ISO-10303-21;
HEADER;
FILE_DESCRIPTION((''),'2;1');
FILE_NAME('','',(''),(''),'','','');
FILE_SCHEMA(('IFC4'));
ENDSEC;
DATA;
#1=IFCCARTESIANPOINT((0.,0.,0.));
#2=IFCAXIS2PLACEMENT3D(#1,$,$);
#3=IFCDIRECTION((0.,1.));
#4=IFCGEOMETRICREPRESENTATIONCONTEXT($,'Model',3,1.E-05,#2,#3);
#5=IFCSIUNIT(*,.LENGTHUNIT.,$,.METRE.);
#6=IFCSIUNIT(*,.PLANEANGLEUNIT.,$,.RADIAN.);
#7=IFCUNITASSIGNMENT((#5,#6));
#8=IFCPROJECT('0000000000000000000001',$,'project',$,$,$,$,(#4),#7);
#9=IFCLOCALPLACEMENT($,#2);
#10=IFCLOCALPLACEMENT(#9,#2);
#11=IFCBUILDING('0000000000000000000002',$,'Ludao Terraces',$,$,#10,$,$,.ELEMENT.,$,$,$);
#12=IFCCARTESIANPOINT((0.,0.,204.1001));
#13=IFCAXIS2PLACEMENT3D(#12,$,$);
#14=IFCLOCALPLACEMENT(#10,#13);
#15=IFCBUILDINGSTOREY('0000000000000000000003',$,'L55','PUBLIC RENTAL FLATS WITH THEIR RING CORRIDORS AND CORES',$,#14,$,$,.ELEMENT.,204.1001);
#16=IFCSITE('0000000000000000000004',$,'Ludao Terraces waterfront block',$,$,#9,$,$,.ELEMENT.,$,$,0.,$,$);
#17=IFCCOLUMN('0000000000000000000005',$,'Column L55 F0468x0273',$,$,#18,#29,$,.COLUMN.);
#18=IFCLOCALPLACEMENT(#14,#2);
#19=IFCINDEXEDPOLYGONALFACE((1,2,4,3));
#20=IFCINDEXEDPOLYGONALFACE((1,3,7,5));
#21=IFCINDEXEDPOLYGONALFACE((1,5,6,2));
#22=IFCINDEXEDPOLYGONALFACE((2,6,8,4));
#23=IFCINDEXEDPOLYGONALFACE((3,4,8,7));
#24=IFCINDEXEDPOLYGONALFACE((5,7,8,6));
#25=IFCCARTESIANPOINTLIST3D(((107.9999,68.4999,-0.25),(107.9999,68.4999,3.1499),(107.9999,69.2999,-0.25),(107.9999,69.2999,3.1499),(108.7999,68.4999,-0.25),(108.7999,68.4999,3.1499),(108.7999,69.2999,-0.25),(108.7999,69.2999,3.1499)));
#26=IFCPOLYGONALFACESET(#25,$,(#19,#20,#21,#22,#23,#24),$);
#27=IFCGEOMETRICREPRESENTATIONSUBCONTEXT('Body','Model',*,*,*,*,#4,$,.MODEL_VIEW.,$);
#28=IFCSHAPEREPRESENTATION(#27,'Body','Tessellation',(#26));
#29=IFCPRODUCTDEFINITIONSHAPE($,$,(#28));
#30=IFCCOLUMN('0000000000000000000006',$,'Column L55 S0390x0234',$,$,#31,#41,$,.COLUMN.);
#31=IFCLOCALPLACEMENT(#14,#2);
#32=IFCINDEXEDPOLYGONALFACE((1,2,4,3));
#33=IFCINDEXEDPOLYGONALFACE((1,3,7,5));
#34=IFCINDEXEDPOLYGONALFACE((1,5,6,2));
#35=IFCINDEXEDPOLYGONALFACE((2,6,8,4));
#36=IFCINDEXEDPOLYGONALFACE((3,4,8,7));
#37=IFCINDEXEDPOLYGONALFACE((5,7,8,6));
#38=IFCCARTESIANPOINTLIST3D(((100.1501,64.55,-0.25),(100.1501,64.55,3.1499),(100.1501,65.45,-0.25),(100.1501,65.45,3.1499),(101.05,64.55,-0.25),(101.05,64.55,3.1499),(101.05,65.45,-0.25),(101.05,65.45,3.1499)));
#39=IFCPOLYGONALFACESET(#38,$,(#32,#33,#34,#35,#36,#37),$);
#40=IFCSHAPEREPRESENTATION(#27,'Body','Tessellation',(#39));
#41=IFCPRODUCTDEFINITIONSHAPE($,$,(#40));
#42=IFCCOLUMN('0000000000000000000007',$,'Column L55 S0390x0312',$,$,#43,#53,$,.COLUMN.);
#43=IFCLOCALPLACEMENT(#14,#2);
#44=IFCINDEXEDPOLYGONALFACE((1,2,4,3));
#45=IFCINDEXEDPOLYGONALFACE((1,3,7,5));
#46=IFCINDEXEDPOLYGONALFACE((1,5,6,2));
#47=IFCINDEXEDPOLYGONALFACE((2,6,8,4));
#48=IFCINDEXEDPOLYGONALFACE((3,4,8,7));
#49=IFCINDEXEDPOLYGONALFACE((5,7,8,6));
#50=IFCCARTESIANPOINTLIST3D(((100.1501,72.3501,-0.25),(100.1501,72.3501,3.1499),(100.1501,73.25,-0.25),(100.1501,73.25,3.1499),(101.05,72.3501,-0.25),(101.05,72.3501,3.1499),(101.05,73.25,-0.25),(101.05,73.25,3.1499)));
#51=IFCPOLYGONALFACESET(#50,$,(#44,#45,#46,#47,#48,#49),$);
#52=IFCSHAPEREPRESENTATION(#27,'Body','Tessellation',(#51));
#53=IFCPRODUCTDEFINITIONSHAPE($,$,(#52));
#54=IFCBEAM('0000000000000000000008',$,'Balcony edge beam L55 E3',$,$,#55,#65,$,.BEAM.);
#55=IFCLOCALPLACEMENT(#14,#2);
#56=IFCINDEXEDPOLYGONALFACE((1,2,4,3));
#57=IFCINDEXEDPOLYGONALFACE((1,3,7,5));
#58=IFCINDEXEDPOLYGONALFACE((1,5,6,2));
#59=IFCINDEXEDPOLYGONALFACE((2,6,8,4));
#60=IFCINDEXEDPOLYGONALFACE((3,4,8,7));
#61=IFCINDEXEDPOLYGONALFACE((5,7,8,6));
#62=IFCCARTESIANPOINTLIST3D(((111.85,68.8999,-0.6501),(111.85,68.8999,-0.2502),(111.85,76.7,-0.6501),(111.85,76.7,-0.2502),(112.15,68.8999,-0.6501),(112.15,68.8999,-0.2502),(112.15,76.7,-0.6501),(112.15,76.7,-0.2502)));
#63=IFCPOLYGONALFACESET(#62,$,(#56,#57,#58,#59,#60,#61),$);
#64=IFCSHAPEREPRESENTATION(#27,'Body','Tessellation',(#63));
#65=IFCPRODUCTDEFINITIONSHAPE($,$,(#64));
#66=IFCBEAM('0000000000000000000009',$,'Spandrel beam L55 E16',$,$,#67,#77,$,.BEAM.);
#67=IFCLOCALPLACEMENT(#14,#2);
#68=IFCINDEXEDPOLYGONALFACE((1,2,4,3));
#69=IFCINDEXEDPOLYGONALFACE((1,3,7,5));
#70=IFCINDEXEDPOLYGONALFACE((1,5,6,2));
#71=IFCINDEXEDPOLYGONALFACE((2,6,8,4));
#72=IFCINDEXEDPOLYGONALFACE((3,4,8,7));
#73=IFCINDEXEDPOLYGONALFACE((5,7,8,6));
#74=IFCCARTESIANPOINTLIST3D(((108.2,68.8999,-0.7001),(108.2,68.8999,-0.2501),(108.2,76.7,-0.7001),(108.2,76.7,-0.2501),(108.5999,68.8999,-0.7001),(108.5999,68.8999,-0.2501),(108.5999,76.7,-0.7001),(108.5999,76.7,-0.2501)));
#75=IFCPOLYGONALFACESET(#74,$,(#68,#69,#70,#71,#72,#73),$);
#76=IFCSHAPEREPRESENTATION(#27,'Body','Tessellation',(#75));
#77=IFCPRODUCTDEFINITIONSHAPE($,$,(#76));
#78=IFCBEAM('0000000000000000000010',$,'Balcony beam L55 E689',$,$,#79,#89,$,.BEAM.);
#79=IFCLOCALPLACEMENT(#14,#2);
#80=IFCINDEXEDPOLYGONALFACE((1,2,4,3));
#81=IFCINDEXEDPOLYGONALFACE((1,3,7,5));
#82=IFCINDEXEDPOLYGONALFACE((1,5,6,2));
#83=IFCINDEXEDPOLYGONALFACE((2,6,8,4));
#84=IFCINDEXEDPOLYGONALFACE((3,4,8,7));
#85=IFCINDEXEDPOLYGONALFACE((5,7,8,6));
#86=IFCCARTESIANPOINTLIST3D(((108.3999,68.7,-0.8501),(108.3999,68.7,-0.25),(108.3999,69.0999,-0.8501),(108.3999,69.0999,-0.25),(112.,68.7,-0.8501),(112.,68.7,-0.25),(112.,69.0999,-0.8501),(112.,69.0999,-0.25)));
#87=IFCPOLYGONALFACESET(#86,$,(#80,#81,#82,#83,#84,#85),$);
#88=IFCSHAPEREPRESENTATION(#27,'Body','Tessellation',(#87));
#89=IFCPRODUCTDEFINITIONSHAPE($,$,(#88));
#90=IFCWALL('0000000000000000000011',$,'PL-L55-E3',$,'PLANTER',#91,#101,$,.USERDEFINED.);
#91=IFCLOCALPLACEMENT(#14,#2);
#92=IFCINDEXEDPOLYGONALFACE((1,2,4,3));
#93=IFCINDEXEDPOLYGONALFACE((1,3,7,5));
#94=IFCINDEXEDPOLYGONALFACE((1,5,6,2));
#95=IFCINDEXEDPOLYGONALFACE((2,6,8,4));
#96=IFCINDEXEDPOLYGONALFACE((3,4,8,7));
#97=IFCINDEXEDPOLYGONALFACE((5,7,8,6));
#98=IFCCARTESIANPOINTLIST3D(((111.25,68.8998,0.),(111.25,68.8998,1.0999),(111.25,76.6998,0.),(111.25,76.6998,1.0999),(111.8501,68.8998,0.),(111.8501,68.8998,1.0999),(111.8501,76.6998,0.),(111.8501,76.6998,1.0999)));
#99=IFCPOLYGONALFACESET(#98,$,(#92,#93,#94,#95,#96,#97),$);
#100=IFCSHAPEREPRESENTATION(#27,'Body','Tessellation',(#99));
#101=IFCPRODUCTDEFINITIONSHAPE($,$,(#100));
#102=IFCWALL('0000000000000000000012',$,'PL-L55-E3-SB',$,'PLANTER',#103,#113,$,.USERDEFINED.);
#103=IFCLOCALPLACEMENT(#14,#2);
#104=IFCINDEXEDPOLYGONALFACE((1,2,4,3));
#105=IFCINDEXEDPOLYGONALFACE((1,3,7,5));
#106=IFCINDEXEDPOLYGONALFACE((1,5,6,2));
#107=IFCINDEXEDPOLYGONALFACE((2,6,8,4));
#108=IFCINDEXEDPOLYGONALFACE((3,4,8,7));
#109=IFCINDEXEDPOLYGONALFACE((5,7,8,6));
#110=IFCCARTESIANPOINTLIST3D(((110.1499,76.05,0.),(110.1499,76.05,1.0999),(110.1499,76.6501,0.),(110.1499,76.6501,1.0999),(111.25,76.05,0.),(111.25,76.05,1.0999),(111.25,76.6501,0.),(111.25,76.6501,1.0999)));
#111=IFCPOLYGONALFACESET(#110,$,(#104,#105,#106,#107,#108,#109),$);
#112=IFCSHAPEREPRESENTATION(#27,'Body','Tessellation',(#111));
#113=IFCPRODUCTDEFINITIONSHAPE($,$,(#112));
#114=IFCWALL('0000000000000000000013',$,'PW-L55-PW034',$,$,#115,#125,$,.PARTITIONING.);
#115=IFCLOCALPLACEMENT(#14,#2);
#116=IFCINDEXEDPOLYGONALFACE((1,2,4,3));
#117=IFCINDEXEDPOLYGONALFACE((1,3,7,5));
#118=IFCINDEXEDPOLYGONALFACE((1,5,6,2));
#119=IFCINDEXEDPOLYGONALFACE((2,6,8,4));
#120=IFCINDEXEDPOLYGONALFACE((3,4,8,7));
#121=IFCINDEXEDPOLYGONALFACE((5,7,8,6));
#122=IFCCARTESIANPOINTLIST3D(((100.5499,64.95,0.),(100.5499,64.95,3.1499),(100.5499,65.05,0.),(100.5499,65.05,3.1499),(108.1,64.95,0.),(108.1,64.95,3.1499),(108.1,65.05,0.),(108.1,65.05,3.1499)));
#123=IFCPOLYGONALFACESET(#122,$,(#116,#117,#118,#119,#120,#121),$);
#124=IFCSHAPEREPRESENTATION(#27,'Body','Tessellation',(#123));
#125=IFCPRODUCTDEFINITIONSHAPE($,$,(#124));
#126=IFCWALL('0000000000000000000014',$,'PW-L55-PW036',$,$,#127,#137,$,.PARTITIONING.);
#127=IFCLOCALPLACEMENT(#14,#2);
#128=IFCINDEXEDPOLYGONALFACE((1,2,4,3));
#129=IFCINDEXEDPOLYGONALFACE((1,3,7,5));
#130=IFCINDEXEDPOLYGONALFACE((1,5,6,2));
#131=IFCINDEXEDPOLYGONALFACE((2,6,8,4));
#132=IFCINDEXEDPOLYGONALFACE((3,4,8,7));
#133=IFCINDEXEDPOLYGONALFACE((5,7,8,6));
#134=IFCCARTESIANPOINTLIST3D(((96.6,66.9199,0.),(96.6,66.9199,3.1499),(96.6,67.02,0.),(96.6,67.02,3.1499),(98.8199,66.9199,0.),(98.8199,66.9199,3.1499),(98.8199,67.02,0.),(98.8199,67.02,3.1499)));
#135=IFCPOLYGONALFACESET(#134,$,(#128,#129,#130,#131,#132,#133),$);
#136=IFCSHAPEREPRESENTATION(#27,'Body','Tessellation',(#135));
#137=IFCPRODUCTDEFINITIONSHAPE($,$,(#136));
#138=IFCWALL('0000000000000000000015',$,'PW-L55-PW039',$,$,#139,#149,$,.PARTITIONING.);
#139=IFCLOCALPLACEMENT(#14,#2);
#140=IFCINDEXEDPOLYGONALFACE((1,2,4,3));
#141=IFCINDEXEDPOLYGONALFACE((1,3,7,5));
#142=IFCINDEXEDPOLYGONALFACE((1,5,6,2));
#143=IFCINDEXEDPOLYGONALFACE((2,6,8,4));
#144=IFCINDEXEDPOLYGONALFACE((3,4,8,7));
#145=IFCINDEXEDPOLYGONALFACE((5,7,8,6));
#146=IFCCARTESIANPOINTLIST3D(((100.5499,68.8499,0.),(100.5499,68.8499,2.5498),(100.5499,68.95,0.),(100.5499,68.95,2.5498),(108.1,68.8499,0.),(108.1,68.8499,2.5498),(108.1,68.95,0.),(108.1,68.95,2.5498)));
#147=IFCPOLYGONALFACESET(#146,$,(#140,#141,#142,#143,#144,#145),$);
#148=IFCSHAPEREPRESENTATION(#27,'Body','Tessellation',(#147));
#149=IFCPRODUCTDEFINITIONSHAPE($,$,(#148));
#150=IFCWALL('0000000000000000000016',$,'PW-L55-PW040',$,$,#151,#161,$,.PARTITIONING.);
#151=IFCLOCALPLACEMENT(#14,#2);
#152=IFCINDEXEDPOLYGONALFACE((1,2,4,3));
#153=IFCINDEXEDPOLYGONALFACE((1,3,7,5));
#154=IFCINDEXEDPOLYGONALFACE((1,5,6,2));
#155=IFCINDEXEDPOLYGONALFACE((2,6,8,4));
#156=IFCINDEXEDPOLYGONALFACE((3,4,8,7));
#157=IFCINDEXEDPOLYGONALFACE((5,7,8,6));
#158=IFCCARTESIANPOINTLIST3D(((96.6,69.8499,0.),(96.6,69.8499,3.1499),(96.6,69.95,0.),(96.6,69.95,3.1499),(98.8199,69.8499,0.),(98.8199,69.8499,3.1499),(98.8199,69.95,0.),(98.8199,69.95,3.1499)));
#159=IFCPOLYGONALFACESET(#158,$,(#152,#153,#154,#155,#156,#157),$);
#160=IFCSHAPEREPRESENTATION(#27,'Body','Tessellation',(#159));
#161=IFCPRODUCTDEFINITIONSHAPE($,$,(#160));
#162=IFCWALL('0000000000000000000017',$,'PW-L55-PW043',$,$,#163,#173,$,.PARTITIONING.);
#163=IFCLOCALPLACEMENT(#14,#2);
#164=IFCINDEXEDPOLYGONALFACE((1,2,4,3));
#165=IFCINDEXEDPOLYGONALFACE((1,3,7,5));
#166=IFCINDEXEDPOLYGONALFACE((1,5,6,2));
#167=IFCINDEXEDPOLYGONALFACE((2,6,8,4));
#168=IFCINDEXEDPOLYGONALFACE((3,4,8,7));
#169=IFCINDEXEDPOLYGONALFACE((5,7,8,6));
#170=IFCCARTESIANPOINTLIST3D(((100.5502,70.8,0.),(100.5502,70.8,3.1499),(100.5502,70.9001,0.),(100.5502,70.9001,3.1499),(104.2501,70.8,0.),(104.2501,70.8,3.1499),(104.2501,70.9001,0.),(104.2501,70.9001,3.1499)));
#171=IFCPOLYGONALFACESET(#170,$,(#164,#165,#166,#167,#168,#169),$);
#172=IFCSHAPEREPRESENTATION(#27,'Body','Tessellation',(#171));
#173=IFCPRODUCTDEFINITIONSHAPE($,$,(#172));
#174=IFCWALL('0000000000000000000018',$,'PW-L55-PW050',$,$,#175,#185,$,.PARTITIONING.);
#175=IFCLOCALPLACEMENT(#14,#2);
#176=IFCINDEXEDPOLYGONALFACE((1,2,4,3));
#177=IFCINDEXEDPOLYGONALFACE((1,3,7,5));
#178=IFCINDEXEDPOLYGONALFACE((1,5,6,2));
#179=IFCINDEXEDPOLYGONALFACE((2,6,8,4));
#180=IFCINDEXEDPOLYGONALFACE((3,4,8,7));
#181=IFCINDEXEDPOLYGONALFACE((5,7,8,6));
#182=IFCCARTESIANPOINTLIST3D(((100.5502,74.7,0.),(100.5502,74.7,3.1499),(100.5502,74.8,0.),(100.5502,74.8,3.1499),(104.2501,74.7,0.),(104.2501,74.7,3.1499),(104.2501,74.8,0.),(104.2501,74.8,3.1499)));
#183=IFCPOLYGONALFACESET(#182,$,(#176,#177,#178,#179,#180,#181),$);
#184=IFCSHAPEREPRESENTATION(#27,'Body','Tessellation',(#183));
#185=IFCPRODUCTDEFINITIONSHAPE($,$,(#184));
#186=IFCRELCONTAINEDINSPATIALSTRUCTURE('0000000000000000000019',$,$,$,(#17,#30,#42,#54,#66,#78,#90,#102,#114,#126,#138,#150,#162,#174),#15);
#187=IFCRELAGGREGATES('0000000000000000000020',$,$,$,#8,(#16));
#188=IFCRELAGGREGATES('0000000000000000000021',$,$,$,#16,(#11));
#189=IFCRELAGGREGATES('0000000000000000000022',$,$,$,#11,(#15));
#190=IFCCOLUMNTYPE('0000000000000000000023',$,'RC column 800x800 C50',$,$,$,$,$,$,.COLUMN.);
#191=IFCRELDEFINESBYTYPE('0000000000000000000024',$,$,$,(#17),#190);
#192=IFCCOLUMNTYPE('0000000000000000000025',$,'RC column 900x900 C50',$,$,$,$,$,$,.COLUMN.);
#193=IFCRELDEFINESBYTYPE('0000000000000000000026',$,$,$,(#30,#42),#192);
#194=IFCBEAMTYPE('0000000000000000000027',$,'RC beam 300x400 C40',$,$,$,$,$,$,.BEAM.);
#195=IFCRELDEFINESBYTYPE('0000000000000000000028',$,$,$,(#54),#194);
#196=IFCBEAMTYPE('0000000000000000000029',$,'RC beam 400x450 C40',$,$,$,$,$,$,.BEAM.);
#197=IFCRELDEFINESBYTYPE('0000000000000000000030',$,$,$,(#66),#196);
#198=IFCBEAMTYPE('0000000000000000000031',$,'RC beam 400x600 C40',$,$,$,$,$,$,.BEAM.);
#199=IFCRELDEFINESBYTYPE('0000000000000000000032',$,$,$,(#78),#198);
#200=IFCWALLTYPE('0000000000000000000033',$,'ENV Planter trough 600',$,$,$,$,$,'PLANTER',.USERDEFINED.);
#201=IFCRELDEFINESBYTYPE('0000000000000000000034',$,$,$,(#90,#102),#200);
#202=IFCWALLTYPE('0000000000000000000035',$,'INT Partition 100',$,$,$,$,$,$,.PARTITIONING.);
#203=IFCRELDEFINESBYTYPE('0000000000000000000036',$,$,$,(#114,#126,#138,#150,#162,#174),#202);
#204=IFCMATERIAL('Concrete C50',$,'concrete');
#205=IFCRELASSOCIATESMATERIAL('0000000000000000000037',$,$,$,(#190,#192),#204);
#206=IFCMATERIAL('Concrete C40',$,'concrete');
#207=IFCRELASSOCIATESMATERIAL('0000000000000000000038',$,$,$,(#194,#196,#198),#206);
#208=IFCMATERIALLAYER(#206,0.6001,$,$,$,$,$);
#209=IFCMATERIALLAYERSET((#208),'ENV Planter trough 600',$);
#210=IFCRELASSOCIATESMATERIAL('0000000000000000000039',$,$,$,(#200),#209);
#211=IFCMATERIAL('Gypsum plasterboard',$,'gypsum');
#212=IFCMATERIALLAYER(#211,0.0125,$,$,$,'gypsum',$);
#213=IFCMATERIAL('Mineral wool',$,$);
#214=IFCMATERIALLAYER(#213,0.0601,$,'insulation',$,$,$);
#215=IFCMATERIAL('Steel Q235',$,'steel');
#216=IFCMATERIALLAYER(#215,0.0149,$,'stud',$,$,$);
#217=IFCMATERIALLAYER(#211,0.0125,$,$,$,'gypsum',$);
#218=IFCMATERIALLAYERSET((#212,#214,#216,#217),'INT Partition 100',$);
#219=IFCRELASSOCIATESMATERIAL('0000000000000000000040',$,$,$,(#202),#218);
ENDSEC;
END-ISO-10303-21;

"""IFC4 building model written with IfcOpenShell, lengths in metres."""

from ifc_helpers import new_model, si_unit, direction, frame, frame_2d, origin, origin_2d, place, context, subcontext, project, spatial, rectangle, extrude, material, layer, layer_set, material_profile, profile_set, type_object, element, save


model = new_model("IFC4")

# Units and contexts
model_context = context("Model", 3, precision=1e-05, world=origin(), true_north=direction((0.0, 1.0)))
body_context = subcontext(model_context, "Body", "Model", "MODEL_VIEW")
ifc_project = project(units=[si_unit("LENGTHUNIT", "METRE"), si_unit("PLANEANGLEUNIT", "RADIAN")], contexts=[model_context])

# Site, building, storey
site_placement = place(None, origin())
site = spatial("IfcSite", under=ifc_project, at=site_placement, Name="Ludao Terraces waterfront block", CompositionType="ELEMENT", RefElevation=0.0)
building_placement = place(site_placement, origin())
building = spatial("IfcBuilding", under=site, at=building_placement, Name="Ludao Terraces", CompositionType="ELEMENT")
storey_placement = place(building_placement, frame((0.0, 0.0, 204.1001)))
storey = spatial("IfcBuildingStorey", under=building, at=storey_placement, Name="L55", Description="PUBLIC RENTAL FLATS WITH THEIR RING CORRIDORS AND CORES", CompositionType="ELEMENT", Elevation=204.1001)

# Columns
ifc_material_1 = material(Name="Concrete C50", Category="concrete")
ifc_material_profile_1 = material_profile(ifc_material_1, rectangle(XDim=0.8, YDim=0.8, at=origin_2d()), Name="800 X 800")
ifc_profile_set_1 = profile_set([ifc_material_profile_1], Name="Concrete C50")
column_type_1 = type_object("IfcColumnType", Name="RC column 800x800 C50", PredefinedType="COLUMN", material=ifc_profile_set_1)
column_placement = place(storey_placement, frame((108.3999, 68.8999, -0.25), z_axis=(0.0, 0.0, 1.0), x_axis=(1.0, 0.0, 0.0)))
element("IfcColumn", 1, at=column_placement, inside=storey, type_object=column_type_1, Name="Column L55 F0468x0273", PredefinedType="COLUMN", context=body_context, shape_type="SweptSolid", body=[
    extrude(rectangle(XDim=0.8, YDim=0.8, at=origin_2d()), origin(), (0.0, 0.0, 1.0), 3.3999),
])
ifc_material_profile_2 = material_profile(ifc_material_1, rectangle(XDim=0.8999, YDim=0.8999, at=origin_2d()), Name="900 X 900")
ifc_profile_set_2 = profile_set([ifc_material_profile_2], Name="Concrete C50")
column_type_2 = type_object("IfcColumnType", Name="RC column 900x900 C50", PredefinedType="COLUMN", material=ifc_profile_set_2)
for number, where, z_axis, x_axis, name in (
    (2, (100.6001, 65.0, -0.25), (0.0, 0.0, 1.0), (1.0, 0.0, 0.0), "Column L55 S0390x0234"),
    (3, (100.6001, 72.8, -0.25), (0.0, 0.0, 1.0), (1.0, 0.0, 0.0), "Column L55 S0390x0312"),
):
    element("IfcColumn", number, at=place(storey_placement, frame(where, z_axis=z_axis, x_axis=x_axis)), inside=storey, type_object=column_type_2, Name=name, PredefinedType="COLUMN", context=body_context, shape_type="SweptSolid", body=[
        extrude(rectangle(XDim=0.8999, YDim=0.8999, at=origin_2d()), origin(), (0.0, 0.0, 1.0), 3.3999),
    ])

# Beams
ifc_material_2 = material(Name="Concrete C40", Category="concrete")
ifc_material_profile_3 = material_profile(ifc_material_2, rectangle(XDim=0.3, YDim=0.3999, at=origin_2d()), Name="300 X 400")
ifc_profile_set_3 = profile_set([ifc_material_profile_3], Name="Concrete C40")
beam_type_1 = type_object("IfcBeamType", Name="RC beam 300x400 C40", PredefinedType="BEAM", material=ifc_profile_set_3)
beam_1_placement = place(storey_placement, frame((112.0, 68.8999, -0.4502), z_axis=(0.0, 1.0, 0.0), x_axis=(-1.0, 0.0, 0.0)))
element("IfcBeam", 4, at=beam_1_placement, inside=storey, type_object=beam_type_1, Name="Balcony edge beam L55 E3", PredefinedType="BEAM", context=body_context, shape_type="SweptSolid", body=[
    extrude(rectangle(XDim=0.3, YDim=0.3999, at=origin_2d()), origin(), (0.0, 0.0, 1.0), 7.8),
])
ifc_material_profile_4 = material_profile(ifc_material_2, rectangle(XDim=0.3999, YDim=0.45, at=origin_2d()), Name="400 X 450")
ifc_profile_set_4 = profile_set([ifc_material_profile_4], Name="Concrete C40")
beam_type_2 = type_object("IfcBeamType", Name="RC beam 400x450 C40", PredefinedType="BEAM", material=ifc_profile_set_4)
beam_2_placement = place(storey_placement, frame((108.3999, 68.8999, -0.4751), z_axis=(0.0, 1.0, 0.0), x_axis=(-1.0, 0.0, 0.0)))
element("IfcBeam", 5, at=beam_2_placement, inside=storey, type_object=beam_type_2, Name="Spandrel beam L55 E16", PredefinedType="BEAM", context=body_context, shape_type="SweptSolid", body=[
    extrude(rectangle(XDim=0.3999, YDim=0.45, at=origin_2d()), origin(), (0.0, 0.0, 1.0), 7.8),
])
ifc_material_profile_5 = material_profile(ifc_material_2, rectangle(XDim=0.3999, YDim=0.6001, at=origin_2d()), Name="400 X 600")
ifc_profile_set_5 = profile_set([ifc_material_profile_5], Name="Concrete C40")
beam_type_3 = type_object("IfcBeamType", Name="RC beam 400x600 C40", PredefinedType="BEAM", material=ifc_profile_set_5)
beam_3_placement = place(storey_placement, frame((108.3999, 68.8999, -0.55), z_axis=(1.0, 0.0, 0.0), x_axis=(0.0, 1.0, 0.0)))
element("IfcBeam", 6, at=beam_3_placement, inside=storey, type_object=beam_type_3, Name="Balcony beam L55 E689", PredefinedType="BEAM", context=body_context, shape_type="SweptSolid", body=[
    extrude(rectangle(XDim=0.3999, YDim=0.6001, at=origin_2d()), origin(), (0.0, 0.0, 1.0), 3.6001),
])

# Walls
ifc_layer_1 = layer(ifc_material_2, 0.6001)
ifc_layer_set_1 = layer_set([ifc_layer_1], Name="ENV Planter trough 600")
wall_type_1 = type_object("IfcWallType", Name="ENV Planter trough 600", ElementType="PLANTER", PredefinedType="USERDEFINED", material=ifc_layer_set_1)
wall_1_placement = place(storey_placement, frame((111.55, 68.8999, 0.0), z_axis=(0.0, 0.0, 1.0), x_axis=(0.0, 1.0, 0.0)))
element("IfcWall", 7, at=wall_1_placement, inside=storey, type_object=wall_type_1, Name="PL-L55-E3", ObjectType="PLANTER", PredefinedType="USERDEFINED", context=body_context, shape_type="SweptSolid", body=[
    extrude(rectangle(XDim=7.8, YDim=0.6001, at=frame_2d((3.8999, 0.0))), origin(), (0.0, 0.0, 1.0), 1.0999),
])
wall_2_placement = place(storey_placement, frame((111.25, 76.3501, 0.0), z_axis=(0.0, 0.0, 1.0), x_axis=(-1.0, 0.0, 0.0)))
element("IfcWall", 8, at=wall_2_placement, inside=storey, type_object=wall_type_1, Name="PL-L55-E3-SB", ObjectType="PLANTER", PredefinedType="USERDEFINED", context=body_context, shape_type="SweptSolid", body=[
    extrude(rectangle(XDim=1.1001, YDim=0.6001, at=frame_2d((0.55, 0.0))), origin(), (0.0, 0.0, 1.0), 1.0999),
])

# Shared definitions
ifc_material_3 = material(Name="Mineral wool")

# Walls
ifc_material_4 = material(Name="Gypsum plasterboard", Category="gypsum")
ifc_layer_2 = layer(ifc_material_4, 0.0125, Category="gypsum")
ifc_layer_3 = layer(ifc_material_3, 0.0601, Name="insulation")
ifc_material_5 = material(Name="Steel Q235", Category="steel")
ifc_layer_4 = layer(ifc_material_5, 0.0149, Name="stud")
ifc_layer_5 = layer(ifc_material_4, 0.0125, Category="gypsum")
ifc_layer_set_2 = layer_set([ifc_layer_2, ifc_layer_3, ifc_layer_4, ifc_layer_5], Name="INT Partition 100")
wall_type_2 = type_object("IfcWallType", Name="INT Partition 100", PredefinedType="PARTITIONING", material=ifc_layer_set_2)
wall_3_placement = place(storey_placement, frame((100.55, 65.0, 0.0), z_axis=(0.0, 0.0, 1.0), x_axis=(1.0, 0.0, 0.0)))
element("IfcWall", 9, at=wall_3_placement, inside=storey, type_object=wall_type_2, Name="PW-L55-PW034", PredefinedType="PARTITIONING", context=body_context, shape_type="SweptSolid", body=[
    extrude(rectangle(XDim=7.55, YDim=0.1001, at=frame_2d((3.7749, 0.0))), origin(), (0.0, 0.0, 1.0), 3.1499),
])
wall_4_placement = place(storey_placement, frame((96.6001, 66.97, 0.0), z_axis=(0.0, 0.0, 1.0), x_axis=(1.0, 0.0, 0.0)))
element("IfcWall", 10, at=wall_4_placement, inside=storey, type_object=wall_type_2, Name="PW-L55-PW036", PredefinedType="PARTITIONING", context=body_context, shape_type="SweptSolid", body=[
    extrude(rectangle(XDim=2.22, YDim=0.1001, at=frame_2d((1.1099, 0.0))), origin(), (0.0, 0.0, 1.0), 3.1499),
])
wall_5_placement = place(storey_placement, frame((100.55, 68.8999, 0.0), z_axis=(0.0, 0.0, 1.0), x_axis=(1.0, 0.0, 0.0)))
element("IfcWall", 11, at=wall_5_placement, inside=storey, type_object=wall_type_2, Name="PW-L55-PW039", PredefinedType="PARTITIONING", context=body_context, shape_type="SweptSolid", body=[
    extrude(rectangle(XDim=7.55, YDim=0.1001, at=frame_2d((3.7749, 0.0))), origin(), (0.0, 0.0, 1.0), 2.5498),
])
wall_6_placement = place(storey_placement, frame((96.6001, 69.8999, 0.0), z_axis=(0.0, 0.0, 1.0), x_axis=(1.0, 0.0, 0.0)))
element("IfcWall", 12, at=wall_6_placement, inside=storey, type_object=wall_type_2, Name="PW-L55-PW040", PredefinedType="PARTITIONING", context=body_context, shape_type="SweptSolid", body=[
    extrude(rectangle(XDim=2.22, YDim=0.1001, at=frame_2d((1.1099, 0.0))), origin(), (0.0, 0.0, 1.0), 3.1499),
])
for number, where, z_axis, x_axis, name in (
    (13, (100.55, 70.8501, 0.0), (0.0, 0.0, 1.0), (1.0, 0.0, 0.0), "PW-L55-PW043"),
    (14, (100.55, 74.75, 0.0), (0.0, 0.0, 1.0), (1.0, 0.0, 0.0), "PW-L55-PW050"),
):
    element("IfcWall", number, at=place(storey_placement, frame(where, z_axis=z_axis, x_axis=x_axis)), inside=storey, type_object=wall_type_2, Name=name, PredefinedType="PARTITIONING", context=body_context, shape_type="SweptSolid", body=[
        extrude(rectangle(XDim=3.7, YDim=0.1001, at=frame_2d((1.8501, 0.0))), origin(), (0.0, 0.0, 1.0), 3.1499),
    ])

save(model, "model.ifc")
